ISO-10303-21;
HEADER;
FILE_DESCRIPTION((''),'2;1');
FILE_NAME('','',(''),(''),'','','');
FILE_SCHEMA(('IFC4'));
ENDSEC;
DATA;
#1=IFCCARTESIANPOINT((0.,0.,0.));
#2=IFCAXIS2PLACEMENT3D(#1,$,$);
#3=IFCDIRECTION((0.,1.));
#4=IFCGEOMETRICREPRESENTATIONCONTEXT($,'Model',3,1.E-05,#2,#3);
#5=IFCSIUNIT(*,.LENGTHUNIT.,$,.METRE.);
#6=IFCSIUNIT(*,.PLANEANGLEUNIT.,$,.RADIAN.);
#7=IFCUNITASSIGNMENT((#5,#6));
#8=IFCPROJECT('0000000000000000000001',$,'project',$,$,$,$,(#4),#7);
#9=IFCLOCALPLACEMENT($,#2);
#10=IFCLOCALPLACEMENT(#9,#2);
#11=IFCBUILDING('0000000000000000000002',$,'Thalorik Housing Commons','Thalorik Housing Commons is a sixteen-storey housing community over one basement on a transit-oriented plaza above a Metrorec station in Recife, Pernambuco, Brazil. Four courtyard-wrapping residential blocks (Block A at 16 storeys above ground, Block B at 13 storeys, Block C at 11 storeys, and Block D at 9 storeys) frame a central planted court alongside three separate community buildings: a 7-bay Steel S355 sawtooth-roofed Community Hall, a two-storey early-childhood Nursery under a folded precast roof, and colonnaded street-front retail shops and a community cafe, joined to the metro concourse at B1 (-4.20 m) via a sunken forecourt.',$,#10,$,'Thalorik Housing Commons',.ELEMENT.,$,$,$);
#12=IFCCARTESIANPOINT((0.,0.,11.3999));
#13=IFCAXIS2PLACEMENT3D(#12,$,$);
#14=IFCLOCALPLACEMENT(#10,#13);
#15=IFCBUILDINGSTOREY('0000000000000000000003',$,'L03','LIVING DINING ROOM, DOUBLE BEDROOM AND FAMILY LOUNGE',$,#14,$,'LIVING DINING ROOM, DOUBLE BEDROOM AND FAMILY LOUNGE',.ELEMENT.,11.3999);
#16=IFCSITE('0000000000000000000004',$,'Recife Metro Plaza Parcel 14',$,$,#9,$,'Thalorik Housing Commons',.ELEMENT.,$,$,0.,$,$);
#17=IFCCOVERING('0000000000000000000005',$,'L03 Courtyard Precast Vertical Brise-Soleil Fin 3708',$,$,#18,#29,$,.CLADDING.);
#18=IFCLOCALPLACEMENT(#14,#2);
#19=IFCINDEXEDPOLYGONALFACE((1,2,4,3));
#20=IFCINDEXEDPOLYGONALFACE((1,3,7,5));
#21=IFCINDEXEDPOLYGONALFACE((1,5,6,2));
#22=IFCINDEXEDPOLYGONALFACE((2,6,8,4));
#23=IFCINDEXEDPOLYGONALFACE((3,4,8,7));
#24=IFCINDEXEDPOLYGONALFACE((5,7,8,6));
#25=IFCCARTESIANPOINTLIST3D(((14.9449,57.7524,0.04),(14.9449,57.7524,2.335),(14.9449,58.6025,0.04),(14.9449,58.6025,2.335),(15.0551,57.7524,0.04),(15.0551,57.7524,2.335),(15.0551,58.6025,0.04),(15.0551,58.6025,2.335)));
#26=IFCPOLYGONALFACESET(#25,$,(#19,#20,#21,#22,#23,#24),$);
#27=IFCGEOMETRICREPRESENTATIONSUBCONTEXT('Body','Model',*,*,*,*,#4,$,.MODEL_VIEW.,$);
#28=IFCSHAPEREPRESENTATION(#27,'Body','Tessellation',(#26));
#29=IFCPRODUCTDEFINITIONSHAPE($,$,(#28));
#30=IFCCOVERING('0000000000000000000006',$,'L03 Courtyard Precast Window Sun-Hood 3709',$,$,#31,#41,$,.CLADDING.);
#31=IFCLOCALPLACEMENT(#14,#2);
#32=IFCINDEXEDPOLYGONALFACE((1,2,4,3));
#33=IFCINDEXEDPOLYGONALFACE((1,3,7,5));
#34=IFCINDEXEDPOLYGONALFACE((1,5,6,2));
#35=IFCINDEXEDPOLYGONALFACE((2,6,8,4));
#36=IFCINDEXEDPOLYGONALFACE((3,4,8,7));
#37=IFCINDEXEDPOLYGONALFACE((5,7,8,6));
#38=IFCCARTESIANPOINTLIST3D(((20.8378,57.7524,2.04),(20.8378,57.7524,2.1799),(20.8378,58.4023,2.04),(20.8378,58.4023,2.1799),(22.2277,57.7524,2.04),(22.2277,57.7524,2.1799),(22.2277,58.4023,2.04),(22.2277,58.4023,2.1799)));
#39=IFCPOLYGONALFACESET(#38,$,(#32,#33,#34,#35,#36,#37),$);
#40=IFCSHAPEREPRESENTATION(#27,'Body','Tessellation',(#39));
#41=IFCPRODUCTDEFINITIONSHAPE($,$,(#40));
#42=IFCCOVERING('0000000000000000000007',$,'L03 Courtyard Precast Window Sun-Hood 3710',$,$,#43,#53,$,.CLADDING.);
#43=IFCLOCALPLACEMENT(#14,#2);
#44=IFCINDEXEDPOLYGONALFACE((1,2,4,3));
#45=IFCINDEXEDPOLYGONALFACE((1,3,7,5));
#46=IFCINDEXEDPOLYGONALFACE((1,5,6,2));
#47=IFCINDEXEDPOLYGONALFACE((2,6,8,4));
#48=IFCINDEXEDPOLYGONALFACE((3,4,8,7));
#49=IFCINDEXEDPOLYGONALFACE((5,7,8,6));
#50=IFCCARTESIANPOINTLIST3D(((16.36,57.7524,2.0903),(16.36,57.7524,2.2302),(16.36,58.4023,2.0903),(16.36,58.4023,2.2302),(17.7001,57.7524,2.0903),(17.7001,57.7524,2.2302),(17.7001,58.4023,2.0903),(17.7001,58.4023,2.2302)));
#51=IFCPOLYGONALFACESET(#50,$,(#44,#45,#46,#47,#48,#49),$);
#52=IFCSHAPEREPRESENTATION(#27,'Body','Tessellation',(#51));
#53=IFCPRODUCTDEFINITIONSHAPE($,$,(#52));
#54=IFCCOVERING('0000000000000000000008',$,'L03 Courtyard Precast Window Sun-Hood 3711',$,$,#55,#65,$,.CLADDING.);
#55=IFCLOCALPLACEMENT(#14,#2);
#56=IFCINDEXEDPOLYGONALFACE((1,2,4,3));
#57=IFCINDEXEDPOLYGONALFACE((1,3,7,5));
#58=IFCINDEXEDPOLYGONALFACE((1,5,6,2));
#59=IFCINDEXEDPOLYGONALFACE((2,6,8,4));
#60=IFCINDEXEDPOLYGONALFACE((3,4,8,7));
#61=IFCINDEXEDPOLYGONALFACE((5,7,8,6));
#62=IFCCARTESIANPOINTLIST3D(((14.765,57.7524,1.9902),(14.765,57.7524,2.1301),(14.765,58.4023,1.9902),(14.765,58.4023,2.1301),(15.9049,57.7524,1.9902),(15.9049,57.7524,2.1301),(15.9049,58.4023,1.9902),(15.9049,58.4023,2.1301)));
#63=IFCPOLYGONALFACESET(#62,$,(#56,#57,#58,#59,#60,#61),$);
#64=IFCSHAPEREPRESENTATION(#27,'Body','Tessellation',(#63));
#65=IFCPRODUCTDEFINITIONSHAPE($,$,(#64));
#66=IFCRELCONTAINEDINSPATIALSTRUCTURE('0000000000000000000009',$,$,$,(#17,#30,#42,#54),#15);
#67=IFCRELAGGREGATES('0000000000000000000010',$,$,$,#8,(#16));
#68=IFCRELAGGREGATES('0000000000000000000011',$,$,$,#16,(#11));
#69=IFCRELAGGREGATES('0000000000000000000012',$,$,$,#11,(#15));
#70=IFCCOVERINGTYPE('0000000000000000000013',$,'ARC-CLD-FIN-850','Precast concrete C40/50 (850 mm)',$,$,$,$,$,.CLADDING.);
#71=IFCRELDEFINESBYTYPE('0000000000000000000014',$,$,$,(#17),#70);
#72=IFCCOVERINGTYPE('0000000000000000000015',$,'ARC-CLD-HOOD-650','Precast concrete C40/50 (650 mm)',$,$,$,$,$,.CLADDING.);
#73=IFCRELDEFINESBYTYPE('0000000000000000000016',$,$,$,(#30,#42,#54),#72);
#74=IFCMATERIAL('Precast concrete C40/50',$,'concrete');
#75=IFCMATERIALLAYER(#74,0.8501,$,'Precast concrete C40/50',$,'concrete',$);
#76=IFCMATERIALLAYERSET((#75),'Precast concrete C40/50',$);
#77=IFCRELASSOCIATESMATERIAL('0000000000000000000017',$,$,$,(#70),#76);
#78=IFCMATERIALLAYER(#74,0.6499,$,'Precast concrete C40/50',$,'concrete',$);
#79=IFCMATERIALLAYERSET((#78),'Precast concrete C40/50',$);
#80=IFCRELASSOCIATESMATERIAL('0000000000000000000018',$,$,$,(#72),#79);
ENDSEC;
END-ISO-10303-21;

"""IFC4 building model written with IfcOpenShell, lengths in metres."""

from ifc_helpers import new_model, si_unit, direction, frame, origin, origin_2d, place, context, subcontext, project, spatial, rectangle, extrude, material, layer, layer_set, type_object, element, save


model = new_model("IFC4")

# Units and contexts
model_context = context("Model", 3, precision=1e-05, world=origin(), true_north=direction((0.0, 1.0)))
body_context = subcontext(model_context, "Body", "Model", "MODEL_VIEW")
ifc_project = project(units=[si_unit("LENGTHUNIT", "METRE"), si_unit("PLANEANGLEUNIT", "RADIAN")], contexts=[model_context])

# Site, building, storey
site_placement = place(None, origin())
site = spatial("IfcSite", under=ifc_project, at=site_placement, Name="Recife Metro Plaza Parcel 14", LongName="Thalorik Housing Commons", CompositionType="ELEMENT", RefElevation=0.0)
building_placement = place(site_placement, origin())
building = spatial("IfcBuilding", under=site, at=building_placement, Name="Thalorik Housing Commons", Description="Thalorik Housing Commons is a sixteen-storey housing community over one basement on a transit-oriented plaza above a Metrorec station in Recife, Pernambuco, Brazil. Four courtyard-wrapping residential blocks (Block A at 16 storeys above ground, Block B at 13 storeys, Block C at 11 storeys, and Block D at 9 storeys) frame a central planted court alongside three separate community buildings: a 7-bay Steel S355 sawtooth-roofed Community Hall, a two-storey early-childhood Nursery under a folded precast roof, and colonnaded street-front retail shops and a community cafe, joined to the metro concourse at B1 (-4.20 m) via a sunken forecourt.", LongName="Thalorik Housing Commons", CompositionType="ELEMENT")
storey_placement = place(building_placement, frame((0.0, 0.0, 11.3999)))
storey = spatial("IfcBuildingStorey", under=building, at=storey_placement, Name="L03", Description="LIVING DINING ROOM, DOUBLE BEDROOM AND FAMILY LOUNGE", LongName="LIVING DINING ROOM, DOUBLE BEDROOM AND FAMILY LOUNGE", CompositionType="ELEMENT", Elevation=11.3999)

# Shared definitions
ifc_material_1 = material(Name="Precast concrete C40/50", Category="concrete")

# Coverings
ifc_layer_1 = layer(ifc_material_1, 0.8501, Name="Precast concrete C40/50", Category="concrete")
ifc_layer_set_1 = layer_set([ifc_layer_1], Name="Precast concrete C40/50")
covering_type_1 = type_object("IfcCoveringType", Name="ARC-CLD-FIN-850", Description="Precast concrete C40/50 (850 mm)", PredefinedType="CLADDING", material=ifc_layer_set_1)
for number, where, z_axis, x_axis, name in (
    (1, (15.0, 58.1775, 0.04), (0.0, 0.0, 1.0), (-1.0, 0.0, 0.0), "L03 Courtyard Precast Vertical Brise-Soleil Fin 3708"),
):
    element("IfcCovering", number, at=place(storey_placement, frame(where, z_axis=z_axis, x_axis=x_axis)), inside=storey, type_object=covering_type_1, Name=name, PredefinedType="CLADDING", context=body_context, shape_type="SweptSolid", body=[
        extrude(rectangle(XDim=0.1101, YDim=0.8501, at=origin_2d()), origin(), (0.0, 0.0, 1.0), 2.2949),
    ])
ifc_layer_2 = layer(ifc_material_1, 0.6499, Name="Precast concrete C40/50", Category="concrete")
ifc_layer_set_2 = layer_set([ifc_layer_2], Name="Precast concrete C40/50")
covering_type_2 = type_object("IfcCoveringType", Name="ARC-CLD-HOOD-650", Description="Precast concrete C40/50 (650 mm)", PredefinedType="CLADDING", material=ifc_layer_set_2)
covering_1_placement = place(storey_placement, frame((21.5327, 58.0774, 2.04), z_axis=(0.0, 0.0, 1.0), x_axis=(-1.0, 0.0, 0.0)))
element("IfcCovering", 2, at=covering_1_placement, inside=storey, type_object=covering_type_2, Name="L03 Courtyard Precast Window Sun-Hood 3709", PredefinedType="CLADDING", context=body_context, shape_type="SweptSolid", body=[
    extrude(rectangle(XDim=1.3899, YDim=0.6499, at=origin_2d()), origin(), (0.0, 0.0, 1.0), 0.1399),
])
covering_2_placement = place(storey_placement, frame((17.03, 58.0774, 2.0903), z_axis=(0.0, 0.0, 1.0), x_axis=(-1.0, 0.0, 0.0)))
element("IfcCovering", 3, at=covering_2_placement, inside=storey, type_object=covering_type_2, Name="L03 Courtyard Precast Window Sun-Hood 3710", PredefinedType="CLADDING", context=body_context, shape_type="SweptSolid", body=[
    extrude(rectangle(XDim=1.3401, YDim=0.6499, at=origin_2d()), origin(), (0.0, 0.0, 1.0), 0.1399),
])
covering_3_placement = place(storey_placement, frame((15.335, 58.0774, 1.9902), z_axis=(0.0, 0.0, 1.0), x_axis=(-1.0, 0.0, 0.0)))
element("IfcCovering", 4, at=covering_3_placement, inside=storey, type_object=covering_type_2, Name="L03 Courtyard Precast Window Sun-Hood 3711", PredefinedType="CLADDING", context=body_context, shape_type="SweptSolid", body=[
    extrude(rectangle(XDim=1.1399, YDim=0.6499, at=origin_2d()), origin(), (0.0, 0.0, 1.0), 0.1399),
])

save(model, "model.ifc")
